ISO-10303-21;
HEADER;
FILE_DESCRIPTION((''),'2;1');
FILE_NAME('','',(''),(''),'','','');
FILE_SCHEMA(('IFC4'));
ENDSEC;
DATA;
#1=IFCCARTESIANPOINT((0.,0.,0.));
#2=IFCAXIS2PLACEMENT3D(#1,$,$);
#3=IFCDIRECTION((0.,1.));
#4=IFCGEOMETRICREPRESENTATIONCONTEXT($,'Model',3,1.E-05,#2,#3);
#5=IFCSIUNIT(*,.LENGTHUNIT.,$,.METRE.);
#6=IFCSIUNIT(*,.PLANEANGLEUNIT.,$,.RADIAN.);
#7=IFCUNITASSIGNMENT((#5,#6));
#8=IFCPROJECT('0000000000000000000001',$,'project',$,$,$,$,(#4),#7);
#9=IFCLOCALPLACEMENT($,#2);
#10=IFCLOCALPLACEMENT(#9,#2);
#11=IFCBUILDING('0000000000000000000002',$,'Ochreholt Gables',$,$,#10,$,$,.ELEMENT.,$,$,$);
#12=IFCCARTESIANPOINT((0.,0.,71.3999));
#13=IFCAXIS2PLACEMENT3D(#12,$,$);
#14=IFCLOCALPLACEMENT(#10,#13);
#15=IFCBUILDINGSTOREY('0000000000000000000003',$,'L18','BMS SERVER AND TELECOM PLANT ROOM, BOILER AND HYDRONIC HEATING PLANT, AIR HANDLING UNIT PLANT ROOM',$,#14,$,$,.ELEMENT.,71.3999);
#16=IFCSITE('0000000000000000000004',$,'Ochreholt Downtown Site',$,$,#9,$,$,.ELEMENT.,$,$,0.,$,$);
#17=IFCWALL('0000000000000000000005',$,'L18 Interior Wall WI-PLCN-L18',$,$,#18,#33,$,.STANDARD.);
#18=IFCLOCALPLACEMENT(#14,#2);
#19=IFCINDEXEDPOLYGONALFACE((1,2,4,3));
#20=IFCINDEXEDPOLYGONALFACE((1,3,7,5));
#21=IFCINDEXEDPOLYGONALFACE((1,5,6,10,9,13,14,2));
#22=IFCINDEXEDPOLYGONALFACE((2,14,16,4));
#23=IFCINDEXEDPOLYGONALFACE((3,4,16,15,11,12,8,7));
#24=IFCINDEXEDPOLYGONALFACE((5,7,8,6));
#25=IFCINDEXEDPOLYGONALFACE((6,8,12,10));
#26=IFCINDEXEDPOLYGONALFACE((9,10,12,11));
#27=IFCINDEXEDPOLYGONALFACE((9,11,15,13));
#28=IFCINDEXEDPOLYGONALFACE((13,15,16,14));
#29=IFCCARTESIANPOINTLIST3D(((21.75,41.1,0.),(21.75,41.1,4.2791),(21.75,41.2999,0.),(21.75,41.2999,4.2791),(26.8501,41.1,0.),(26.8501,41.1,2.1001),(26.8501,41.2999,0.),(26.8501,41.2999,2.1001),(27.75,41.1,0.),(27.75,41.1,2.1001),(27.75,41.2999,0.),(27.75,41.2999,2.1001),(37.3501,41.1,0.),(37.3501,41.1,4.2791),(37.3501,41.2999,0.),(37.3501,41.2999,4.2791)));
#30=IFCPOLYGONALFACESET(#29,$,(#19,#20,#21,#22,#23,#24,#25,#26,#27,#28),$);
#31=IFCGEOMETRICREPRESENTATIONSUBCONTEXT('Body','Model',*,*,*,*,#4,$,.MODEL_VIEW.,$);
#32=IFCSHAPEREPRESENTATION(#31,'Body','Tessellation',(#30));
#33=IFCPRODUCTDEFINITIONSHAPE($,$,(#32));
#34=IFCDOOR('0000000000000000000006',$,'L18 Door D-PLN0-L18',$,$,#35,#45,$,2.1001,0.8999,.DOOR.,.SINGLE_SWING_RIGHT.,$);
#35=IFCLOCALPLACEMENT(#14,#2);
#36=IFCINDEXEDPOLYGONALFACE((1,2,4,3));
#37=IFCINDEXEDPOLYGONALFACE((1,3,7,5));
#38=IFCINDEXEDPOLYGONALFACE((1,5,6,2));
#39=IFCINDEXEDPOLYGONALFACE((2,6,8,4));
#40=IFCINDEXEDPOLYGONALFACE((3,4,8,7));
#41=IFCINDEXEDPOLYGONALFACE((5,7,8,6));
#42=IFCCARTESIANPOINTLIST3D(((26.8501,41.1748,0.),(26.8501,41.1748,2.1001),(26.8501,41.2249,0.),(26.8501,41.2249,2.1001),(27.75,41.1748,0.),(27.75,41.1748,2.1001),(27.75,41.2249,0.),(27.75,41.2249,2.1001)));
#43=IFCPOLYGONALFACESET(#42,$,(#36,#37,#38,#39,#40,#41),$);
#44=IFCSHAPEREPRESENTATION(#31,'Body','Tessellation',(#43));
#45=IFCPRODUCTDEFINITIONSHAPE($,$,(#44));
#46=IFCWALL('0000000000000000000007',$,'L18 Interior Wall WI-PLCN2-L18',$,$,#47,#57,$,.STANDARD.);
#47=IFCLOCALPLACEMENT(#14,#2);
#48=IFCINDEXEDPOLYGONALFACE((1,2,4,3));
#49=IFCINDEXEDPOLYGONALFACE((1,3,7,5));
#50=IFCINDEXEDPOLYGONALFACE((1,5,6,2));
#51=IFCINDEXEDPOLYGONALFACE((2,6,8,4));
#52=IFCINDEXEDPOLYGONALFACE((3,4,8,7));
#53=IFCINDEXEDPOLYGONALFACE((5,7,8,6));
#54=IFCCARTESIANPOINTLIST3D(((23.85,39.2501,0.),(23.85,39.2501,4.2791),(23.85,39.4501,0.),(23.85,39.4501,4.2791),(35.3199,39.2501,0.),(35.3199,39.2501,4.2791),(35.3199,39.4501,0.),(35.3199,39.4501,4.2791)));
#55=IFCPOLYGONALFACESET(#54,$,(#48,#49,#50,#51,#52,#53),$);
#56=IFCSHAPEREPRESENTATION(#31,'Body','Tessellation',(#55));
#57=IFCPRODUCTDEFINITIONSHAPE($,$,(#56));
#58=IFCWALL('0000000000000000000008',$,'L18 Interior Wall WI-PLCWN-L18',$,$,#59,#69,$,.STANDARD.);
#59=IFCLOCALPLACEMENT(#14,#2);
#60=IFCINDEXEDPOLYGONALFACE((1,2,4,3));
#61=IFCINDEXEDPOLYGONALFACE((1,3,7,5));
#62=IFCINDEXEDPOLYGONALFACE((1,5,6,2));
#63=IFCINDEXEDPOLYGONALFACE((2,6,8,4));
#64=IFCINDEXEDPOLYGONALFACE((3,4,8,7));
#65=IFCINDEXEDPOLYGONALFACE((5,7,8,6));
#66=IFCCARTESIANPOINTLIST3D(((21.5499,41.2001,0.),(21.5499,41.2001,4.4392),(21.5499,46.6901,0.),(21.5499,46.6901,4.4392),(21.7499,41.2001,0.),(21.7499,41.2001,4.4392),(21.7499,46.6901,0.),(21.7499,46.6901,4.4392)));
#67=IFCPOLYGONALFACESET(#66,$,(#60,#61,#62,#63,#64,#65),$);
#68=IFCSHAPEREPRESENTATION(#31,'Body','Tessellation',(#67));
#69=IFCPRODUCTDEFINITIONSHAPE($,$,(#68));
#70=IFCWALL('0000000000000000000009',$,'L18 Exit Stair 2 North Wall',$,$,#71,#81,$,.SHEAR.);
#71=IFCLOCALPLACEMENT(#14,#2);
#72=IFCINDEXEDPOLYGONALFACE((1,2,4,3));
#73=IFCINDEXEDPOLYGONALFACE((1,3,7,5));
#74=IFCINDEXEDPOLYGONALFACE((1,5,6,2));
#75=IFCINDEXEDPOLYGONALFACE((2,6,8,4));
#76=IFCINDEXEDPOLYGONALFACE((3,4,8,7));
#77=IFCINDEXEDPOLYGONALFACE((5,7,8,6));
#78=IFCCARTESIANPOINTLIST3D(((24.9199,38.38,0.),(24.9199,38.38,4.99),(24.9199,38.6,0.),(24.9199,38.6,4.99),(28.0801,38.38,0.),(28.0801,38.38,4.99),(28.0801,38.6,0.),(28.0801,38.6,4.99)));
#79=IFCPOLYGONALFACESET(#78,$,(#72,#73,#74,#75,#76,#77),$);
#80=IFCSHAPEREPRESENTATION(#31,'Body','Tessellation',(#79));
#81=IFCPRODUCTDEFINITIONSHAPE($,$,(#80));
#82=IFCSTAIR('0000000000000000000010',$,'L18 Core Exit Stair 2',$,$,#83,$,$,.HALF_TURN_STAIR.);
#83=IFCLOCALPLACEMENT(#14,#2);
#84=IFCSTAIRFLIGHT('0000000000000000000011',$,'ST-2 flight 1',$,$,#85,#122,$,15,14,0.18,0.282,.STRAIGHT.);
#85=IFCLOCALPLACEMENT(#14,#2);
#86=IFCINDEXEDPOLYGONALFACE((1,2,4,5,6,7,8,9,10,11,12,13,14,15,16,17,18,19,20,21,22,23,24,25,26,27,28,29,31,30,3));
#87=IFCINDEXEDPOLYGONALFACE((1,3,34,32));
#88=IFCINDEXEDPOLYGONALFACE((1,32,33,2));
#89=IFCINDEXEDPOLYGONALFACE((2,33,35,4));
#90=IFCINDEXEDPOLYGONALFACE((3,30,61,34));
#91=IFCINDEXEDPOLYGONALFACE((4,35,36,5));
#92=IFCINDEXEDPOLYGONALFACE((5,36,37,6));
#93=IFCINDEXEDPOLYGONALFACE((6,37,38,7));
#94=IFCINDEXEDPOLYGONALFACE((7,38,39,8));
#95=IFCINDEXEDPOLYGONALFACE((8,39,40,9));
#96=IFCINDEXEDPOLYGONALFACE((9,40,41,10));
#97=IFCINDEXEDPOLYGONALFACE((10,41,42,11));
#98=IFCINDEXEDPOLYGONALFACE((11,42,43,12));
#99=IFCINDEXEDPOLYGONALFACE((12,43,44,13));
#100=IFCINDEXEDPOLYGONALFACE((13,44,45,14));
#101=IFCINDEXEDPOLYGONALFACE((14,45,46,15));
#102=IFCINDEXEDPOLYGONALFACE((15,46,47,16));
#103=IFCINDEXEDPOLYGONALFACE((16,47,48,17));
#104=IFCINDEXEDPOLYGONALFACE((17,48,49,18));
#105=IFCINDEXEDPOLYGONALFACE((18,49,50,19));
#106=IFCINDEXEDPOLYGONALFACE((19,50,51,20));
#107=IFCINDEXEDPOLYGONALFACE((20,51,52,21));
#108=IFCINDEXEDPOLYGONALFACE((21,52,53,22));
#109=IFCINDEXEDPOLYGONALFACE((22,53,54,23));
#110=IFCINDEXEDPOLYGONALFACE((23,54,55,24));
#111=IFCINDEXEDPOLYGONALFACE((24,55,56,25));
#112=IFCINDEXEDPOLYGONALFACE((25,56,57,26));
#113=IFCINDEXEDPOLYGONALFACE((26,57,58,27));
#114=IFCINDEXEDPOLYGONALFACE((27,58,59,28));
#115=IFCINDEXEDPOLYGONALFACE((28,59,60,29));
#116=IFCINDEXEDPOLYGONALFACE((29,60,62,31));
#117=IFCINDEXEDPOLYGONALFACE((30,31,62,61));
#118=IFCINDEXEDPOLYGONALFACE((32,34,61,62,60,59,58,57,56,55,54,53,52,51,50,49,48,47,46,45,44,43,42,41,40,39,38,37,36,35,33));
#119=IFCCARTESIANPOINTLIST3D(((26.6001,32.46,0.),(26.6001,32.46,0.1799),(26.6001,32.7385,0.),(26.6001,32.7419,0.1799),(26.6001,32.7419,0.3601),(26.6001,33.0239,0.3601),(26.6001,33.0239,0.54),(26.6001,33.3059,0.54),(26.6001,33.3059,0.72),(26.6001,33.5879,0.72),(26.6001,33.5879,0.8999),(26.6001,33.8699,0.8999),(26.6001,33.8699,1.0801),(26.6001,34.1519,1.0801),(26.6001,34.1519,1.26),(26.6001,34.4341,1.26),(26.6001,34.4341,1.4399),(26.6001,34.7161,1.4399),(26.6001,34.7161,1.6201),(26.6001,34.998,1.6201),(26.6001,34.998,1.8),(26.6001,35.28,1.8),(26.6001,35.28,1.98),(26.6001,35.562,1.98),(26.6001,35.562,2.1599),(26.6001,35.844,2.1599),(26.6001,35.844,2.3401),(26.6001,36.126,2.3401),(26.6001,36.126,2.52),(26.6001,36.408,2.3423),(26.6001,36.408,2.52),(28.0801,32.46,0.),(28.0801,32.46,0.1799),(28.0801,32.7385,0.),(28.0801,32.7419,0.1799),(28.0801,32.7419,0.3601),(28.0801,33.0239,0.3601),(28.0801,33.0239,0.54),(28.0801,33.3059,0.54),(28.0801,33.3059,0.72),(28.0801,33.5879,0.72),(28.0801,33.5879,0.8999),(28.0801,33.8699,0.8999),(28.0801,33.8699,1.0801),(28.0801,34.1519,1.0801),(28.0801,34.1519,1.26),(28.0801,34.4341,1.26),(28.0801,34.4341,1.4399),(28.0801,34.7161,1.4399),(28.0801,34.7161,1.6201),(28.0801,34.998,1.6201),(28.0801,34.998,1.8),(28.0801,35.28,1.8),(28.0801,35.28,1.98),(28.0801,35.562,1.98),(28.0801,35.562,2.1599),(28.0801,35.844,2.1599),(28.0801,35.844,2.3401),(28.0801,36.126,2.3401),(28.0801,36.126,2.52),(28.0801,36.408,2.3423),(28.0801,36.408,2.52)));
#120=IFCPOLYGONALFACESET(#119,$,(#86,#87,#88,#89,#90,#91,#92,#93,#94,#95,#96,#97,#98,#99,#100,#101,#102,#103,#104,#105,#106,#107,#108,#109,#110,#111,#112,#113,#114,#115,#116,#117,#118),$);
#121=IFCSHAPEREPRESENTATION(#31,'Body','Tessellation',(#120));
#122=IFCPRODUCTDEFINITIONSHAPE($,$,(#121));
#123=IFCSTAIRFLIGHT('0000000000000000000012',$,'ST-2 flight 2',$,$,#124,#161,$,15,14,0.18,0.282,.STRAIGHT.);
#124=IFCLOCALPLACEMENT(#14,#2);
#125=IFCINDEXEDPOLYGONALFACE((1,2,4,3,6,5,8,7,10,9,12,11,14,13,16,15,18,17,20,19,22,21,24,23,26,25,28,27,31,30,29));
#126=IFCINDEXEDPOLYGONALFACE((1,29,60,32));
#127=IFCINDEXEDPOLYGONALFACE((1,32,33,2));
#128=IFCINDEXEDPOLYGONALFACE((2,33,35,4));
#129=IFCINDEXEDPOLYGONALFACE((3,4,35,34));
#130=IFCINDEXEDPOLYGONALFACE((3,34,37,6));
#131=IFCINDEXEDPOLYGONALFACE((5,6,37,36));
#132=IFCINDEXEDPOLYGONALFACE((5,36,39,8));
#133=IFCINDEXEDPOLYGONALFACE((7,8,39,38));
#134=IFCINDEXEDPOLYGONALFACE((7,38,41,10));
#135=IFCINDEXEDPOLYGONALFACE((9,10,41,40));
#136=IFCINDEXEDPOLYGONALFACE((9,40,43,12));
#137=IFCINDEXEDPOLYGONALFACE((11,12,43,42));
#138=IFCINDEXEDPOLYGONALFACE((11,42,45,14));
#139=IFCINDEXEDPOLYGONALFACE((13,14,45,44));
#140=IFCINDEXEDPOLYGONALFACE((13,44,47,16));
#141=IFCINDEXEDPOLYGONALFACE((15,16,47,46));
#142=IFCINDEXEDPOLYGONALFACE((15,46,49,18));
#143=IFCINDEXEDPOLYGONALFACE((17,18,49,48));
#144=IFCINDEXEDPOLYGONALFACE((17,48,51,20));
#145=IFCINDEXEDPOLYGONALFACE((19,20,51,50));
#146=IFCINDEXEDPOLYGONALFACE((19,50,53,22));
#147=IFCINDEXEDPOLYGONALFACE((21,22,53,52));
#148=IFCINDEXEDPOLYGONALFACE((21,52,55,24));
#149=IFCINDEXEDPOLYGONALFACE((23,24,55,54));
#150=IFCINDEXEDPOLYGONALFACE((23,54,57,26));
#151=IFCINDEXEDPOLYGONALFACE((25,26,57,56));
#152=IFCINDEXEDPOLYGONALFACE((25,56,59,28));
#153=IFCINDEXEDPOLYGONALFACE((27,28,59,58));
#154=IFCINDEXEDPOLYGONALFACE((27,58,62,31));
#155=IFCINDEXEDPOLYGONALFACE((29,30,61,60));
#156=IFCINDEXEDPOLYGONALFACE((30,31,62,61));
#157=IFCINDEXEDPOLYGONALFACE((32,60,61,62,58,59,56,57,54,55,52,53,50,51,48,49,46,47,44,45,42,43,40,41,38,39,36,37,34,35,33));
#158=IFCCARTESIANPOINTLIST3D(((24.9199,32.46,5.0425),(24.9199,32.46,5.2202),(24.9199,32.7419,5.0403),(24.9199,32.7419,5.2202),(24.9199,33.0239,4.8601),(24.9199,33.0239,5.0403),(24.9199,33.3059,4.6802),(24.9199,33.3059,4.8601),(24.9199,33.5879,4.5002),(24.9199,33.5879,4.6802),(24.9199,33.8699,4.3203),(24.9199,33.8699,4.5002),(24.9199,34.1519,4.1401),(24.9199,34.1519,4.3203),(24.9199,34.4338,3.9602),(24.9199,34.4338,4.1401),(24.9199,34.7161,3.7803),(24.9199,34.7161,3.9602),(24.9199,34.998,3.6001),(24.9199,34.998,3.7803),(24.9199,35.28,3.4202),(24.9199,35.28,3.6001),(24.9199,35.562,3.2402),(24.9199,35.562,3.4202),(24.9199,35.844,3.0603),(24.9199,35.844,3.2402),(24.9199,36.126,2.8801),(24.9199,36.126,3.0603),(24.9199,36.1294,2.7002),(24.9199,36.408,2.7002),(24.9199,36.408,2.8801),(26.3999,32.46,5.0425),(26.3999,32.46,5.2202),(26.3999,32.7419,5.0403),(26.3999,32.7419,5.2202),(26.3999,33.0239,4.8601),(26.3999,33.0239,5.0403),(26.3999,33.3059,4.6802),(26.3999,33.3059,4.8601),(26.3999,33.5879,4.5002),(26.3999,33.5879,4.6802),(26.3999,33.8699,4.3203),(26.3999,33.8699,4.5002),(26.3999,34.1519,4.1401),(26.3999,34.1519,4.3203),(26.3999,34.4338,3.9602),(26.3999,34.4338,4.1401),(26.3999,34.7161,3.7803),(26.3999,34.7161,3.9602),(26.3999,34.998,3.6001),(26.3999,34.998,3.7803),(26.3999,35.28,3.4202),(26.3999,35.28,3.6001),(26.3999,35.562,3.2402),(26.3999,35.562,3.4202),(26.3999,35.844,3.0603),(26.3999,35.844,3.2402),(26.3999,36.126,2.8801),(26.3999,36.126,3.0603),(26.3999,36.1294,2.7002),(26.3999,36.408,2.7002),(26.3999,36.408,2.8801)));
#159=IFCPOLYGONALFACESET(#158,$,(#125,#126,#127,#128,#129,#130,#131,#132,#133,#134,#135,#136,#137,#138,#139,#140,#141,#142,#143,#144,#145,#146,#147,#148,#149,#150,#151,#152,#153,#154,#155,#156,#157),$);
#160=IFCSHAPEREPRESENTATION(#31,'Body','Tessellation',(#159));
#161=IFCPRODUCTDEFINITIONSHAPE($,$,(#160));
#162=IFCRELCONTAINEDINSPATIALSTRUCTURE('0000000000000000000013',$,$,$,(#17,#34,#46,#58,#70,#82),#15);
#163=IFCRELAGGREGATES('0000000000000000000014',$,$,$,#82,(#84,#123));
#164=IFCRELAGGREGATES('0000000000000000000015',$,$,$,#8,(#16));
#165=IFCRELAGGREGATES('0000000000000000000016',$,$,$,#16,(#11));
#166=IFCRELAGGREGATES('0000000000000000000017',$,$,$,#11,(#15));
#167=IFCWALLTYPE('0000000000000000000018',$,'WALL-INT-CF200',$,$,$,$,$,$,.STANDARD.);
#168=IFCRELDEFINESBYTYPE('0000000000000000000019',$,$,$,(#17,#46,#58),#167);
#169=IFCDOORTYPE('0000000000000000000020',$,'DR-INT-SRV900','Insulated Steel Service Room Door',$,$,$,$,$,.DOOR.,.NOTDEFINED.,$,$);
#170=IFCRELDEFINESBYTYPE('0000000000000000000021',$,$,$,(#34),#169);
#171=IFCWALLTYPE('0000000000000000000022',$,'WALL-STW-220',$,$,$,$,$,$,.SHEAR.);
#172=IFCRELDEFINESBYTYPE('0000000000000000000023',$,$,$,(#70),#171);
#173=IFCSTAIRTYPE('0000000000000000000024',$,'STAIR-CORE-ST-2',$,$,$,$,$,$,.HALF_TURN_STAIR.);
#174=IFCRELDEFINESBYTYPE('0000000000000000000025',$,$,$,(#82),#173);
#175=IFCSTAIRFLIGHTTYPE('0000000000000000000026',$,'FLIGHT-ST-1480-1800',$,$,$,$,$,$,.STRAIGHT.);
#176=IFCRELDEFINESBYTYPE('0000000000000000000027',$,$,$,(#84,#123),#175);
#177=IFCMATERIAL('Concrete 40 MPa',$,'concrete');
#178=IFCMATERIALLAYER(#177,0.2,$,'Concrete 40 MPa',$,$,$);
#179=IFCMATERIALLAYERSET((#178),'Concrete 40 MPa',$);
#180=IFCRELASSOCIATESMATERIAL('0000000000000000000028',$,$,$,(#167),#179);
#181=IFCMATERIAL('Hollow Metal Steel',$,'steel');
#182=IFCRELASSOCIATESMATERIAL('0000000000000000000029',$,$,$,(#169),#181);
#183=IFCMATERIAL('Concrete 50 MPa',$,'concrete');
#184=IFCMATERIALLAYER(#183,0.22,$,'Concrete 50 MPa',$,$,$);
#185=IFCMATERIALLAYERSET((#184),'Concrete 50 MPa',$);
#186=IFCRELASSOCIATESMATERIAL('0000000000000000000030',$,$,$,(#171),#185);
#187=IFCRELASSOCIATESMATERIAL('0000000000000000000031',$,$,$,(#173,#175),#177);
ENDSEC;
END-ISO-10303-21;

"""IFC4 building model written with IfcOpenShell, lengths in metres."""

from ifc_helpers import new_model, si_unit, direction, frame, frame_2d, origin, place, context, subcontext, project, spatial, polyline, rectangle, outline, extrude, material, layer, layer_set, type_object, element, fill, aggregate, save


model = new_model("IFC4")

# Units and contexts
model_context = context("Model", 3, precision=1e-05, world=origin(), true_north=direction((0.0, 1.0)))
body_context = subcontext(model_context, "Body", "Model", "MODEL_VIEW")
ifc_project = project(units=[si_unit("LENGTHUNIT", "METRE"), si_unit("PLANEANGLEUNIT", "RADIAN")], contexts=[model_context])

# Site, building, storey
site_placement = place(None, origin())
site = spatial("IfcSite", under=ifc_project, at=site_placement, Name="Ochreholt Downtown Site", CompositionType="ELEMENT", RefElevation=0.0)
building_placement = place(site_placement, origin())
building = spatial("IfcBuilding", under=site, at=building_placement, Name="Ochreholt Gables", CompositionType="ELEMENT")
storey_placement = place(building_placement, frame((0.0, 0.0, 71.3999)))
storey = spatial("IfcBuildingStorey", under=building, at=storey_placement, Name="L18", Description="BMS SERVER AND TELECOM PLANT ROOM, BOILER AND HYDRONIC HEATING PLANT, AIR HANDLING UNIT PLANT ROOM", CompositionType="ELEMENT", Elevation=71.3999)

# Wall, opening, door
ifc_material_1 = material(Name="Concrete 40 MPa", Category="concrete")
ifc_layer_1 = layer(ifc_material_1, 0.2, Name="Concrete 40 MPa")
ifc_layer_set_1 = layer_set([ifc_layer_1], Name="Concrete 40 MPa")
wall_type_1 = type_object("IfcWallType", Name="WALL-INT-CF200", PredefinedType="STANDARD", material=ifc_layer_set_1)
wall_1_placement = place(storey_placement, frame((21.75, 41.2, 0.0), z_axis=(0.0, 0.0, 1.0), x_axis=(1.0, 0.0, 0.0)))
wall_1 = element("IfcWall", 1, at=wall_1_placement, inside=storey, type_object=wall_type_1, Name="L18 Interior Wall WI-PLCN-L18", PredefinedType="STANDARD", context=body_context, shape_type="SweptSolid", body=[
    extrude(rectangle(XDim=15.6001, YDim=0.2, at=frame_2d((7.8, 0.0))), origin(), (0.0, 0.0, 1.0), 4.2791),
])
opening_placement = place(wall_1_placement, frame((5.1001, 0.0, 0.0)))
opening = element("IfcOpeningElement", 2, at=opening_placement, cuts=wall_1, PredefinedType="OPENING", context=body_context, shape_type="SweptSolid", body=[
    extrude(rectangle(XDim=0.8999, YDim=2.1001, at=frame_2d((0.45, 1.05))), frame((0.0, 0.1099, 0.0), z_axis=(0.0, -1.0, 0.0), x_axis=(1.0, 0.0, 0.0)), (0.0, 0.0, 1.0), 0.22),
])
ifc_material_2 = material(Name="Hollow Metal Steel", Category="steel")
door_type = type_object("IfcDoorType", Name="DR-INT-SRV900", Description="Insulated Steel Service Room Door", OperationType="NOTDEFINED", PredefinedType="DOOR", material=ifc_material_2)
door_placement = place(opening_placement, origin())
door = element("IfcDoor", 3, at=door_placement, inside=storey, type_object=door_type, Name="L18 Door D-PLN0-L18", OperationType="SINGLE_SWING_RIGHT", OverallHeight=2.1001, OverallWidth=0.8999, PredefinedType="DOOR", context=body_context, shape_type="SweptSolid", body=[
    extrude(rectangle(XDim=0.8999, YDim=2.1001, at=frame_2d((0.45, 1.05))), frame((0.0, 0.0249, 0.0), z_axis=(0.0, -1.0, 0.0), x_axis=(1.0, 0.0, 0.0)), (0.0, 0.0, 1.0), 0.05),
])
fill(opening, door)

# Walls
wall_2_placement = place(storey_placement, frame((23.8501, 39.3501, 0.0), z_axis=(0.0, 0.0, 1.0), x_axis=(1.0, 0.0, 0.0)))
element("IfcWall", 4, at=wall_2_placement, inside=storey, type_object=wall_type_1, Name="L18 Interior Wall WI-PLCN2-L18", PredefinedType="STANDARD", context=body_context, shape_type="SweptSolid", body=[
    extrude(rectangle(XDim=11.47, YDim=0.2, at=frame_2d((5.7349, 0.0))), origin(), (0.0, 0.0, 1.0), 4.2791),
])
wall_3_placement = place(storey_placement, frame((21.6499, 41.2, 0.0), z_axis=(0.0, 0.0, 1.0), x_axis=(0.0, 1.0, 0.0)))
element("IfcWall", 5, at=wall_3_placement, inside=storey, type_object=wall_type_1, Name="L18 Interior Wall WI-PLCWN-L18", PredefinedType="STANDARD", context=body_context, shape_type="SweptSolid", body=[
    extrude(rectangle(XDim=5.49, YDim=0.2, at=frame_2d((2.7451, 0.0))), origin(), (0.0, 0.0, 1.0), 4.4392),
])
ifc_material_3 = material(Name="Concrete 50 MPa", Category="concrete")
ifc_layer_2 = layer(ifc_material_3, 0.22, Name="Concrete 50 MPa")
ifc_layer_set_2 = layer_set([ifc_layer_2], Name="Concrete 50 MPa")
wall_type_2 = type_object("IfcWallType", Name="WALL-STW-220", PredefinedType="SHEAR", material=ifc_layer_set_2)
wall_4_placement = place(storey_placement, frame((24.9199, 38.49, 0.0), z_axis=(0.0, 0.0, 1.0), x_axis=(1.0, 0.0, 0.0)))
element("IfcWall", 6, at=wall_4_placement, inside=storey, type_object=wall_type_2, Name="L18 Exit Stair 2 North Wall", PredefinedType="SHEAR", context=body_context, shape_type="SweptSolid", body=[
    extrude(rectangle(XDim=3.1602, YDim=0.22, at=frame_2d((1.5801, 0.0))), origin(), (0.0, 0.0, 1.0), 4.99),
])

# Stair, stair flights
stair_type = type_object("IfcStairType", Name="STAIR-CORE-ST-2", PredefinedType="HALF_TURN_STAIR", material=ifc_material_1)
stair_placement = place(storey_placement, origin())
stair = element("IfcStair", 7, at=stair_placement, inside=storey, type_object=stair_type, Name="L18 Core Exit Stair 2", PredefinedType="HALF_TURN_STAIR")
stair_flight_type = type_object("IfcStairFlightType", Name="FLIGHT-ST-1480-1800", PredefinedType="STRAIGHT", material=ifc_material_1)
stair_flight_1_placement = place(storey_placement, frame((27.3401, 32.46, 0.0), z_axis=(0.0, 0.0, 1.0), x_axis=(0.0, 1.0, 0.0)))
stair_flight_1 = element("IfcStairFlight", 8, at=stair_flight_1_placement, type_object=stair_flight_type, Name="ST-2 flight 1", NumberOfRisers=15, NumberOfTreads=14, PredefinedType="STRAIGHT", RiserHeight=0.18, TreadLength=0.282, context=body_context, shape_type="SweptSolid", body=[
    extrude(outline(polyline([(0.0, 0.0), (0.0, 0.1799), (0.282, 0.1799), (0.282, 0.3601), (0.564, 0.3601), (0.564, 0.54), (0.8459, 0.54), (0.8459, 0.72), (1.1279, 0.72), (1.1279, 0.8999), (1.4099, 0.8999), (1.4099, 1.0801), (1.6919, 1.0801), (1.6919, 1.26), (1.9741, 1.26), (1.9741, 1.4399), (2.2561, 1.4399), (2.2561, 1.6201), (2.5381, 1.6201), (2.5381, 1.8), (2.8201, 1.8), (2.8201, 1.98), (3.1021, 1.98), (3.1021, 2.1599), (3.384, 2.1599), (3.384, 2.3401), (3.666, 2.3401), (3.666, 2.52), (3.948, 2.52), (3.948, 2.7), (3.948, 2.3423), (0.2786, 0.0), (0.0, 0.0)])), frame((0.0, 0.74, 0.0), z_axis=(0.0, -1.0, 0.0), x_axis=(1.0, 0.0, 0.0)), (0.0, 0.0, 1.0), 1.48),
])
stair_flight_2_placement = place(storey_placement, frame((25.6599, 36.408, 2.7002), z_axis=(0.0, 0.0, 1.0), x_axis=(0.0, -1.0, 0.0)))
stair_flight_2 = element("IfcStairFlight", 9, at=stair_flight_2_placement, type_object=stair_flight_type, Name="ST-2 flight 2", NumberOfRisers=15, NumberOfTreads=14, PredefinedType="STRAIGHT", RiserHeight=0.18, TreadLength=0.282, context=body_context, shape_type="SweptSolid", body=[
    extrude(outline(polyline([(0.0, 0.0), (0.0, 0.1799), (0.282, 0.1799), (0.282, 0.3601), (0.564, 0.3601), (0.564, 0.54), (0.8459, 0.54), (0.8459, 0.72), (1.1279, 0.72), (1.1279, 0.8999), (1.4099, 0.8999), (1.4099, 1.0801), (1.6919, 1.0801), (1.6919, 1.26), (1.9741, 1.26), (1.9741, 1.4399), (2.2561, 1.4399), (2.2561, 1.6201), (2.5381, 1.6201), (2.5381, 1.8), (2.8201, 1.8), (2.8201, 1.98), (3.1021, 1.98), (3.1021, 2.1599), (3.384, 2.1599), (3.384, 2.3401), (3.666, 2.3401), (3.666, 2.52), (3.948, 2.52), (3.948, 2.7), (3.948, 2.3423), (0.2786, 0.0), (0.0, 0.0)])), frame((0.0, 0.74, 0.0), z_axis=(0.0, -1.0, 0.0), x_axis=(1.0, 0.0, 0.0)), (0.0, 0.0, 1.0), 1.48),
])
aggregate(stair, [stair_flight_1, stair_flight_2])

save(model, "model.ifc")
